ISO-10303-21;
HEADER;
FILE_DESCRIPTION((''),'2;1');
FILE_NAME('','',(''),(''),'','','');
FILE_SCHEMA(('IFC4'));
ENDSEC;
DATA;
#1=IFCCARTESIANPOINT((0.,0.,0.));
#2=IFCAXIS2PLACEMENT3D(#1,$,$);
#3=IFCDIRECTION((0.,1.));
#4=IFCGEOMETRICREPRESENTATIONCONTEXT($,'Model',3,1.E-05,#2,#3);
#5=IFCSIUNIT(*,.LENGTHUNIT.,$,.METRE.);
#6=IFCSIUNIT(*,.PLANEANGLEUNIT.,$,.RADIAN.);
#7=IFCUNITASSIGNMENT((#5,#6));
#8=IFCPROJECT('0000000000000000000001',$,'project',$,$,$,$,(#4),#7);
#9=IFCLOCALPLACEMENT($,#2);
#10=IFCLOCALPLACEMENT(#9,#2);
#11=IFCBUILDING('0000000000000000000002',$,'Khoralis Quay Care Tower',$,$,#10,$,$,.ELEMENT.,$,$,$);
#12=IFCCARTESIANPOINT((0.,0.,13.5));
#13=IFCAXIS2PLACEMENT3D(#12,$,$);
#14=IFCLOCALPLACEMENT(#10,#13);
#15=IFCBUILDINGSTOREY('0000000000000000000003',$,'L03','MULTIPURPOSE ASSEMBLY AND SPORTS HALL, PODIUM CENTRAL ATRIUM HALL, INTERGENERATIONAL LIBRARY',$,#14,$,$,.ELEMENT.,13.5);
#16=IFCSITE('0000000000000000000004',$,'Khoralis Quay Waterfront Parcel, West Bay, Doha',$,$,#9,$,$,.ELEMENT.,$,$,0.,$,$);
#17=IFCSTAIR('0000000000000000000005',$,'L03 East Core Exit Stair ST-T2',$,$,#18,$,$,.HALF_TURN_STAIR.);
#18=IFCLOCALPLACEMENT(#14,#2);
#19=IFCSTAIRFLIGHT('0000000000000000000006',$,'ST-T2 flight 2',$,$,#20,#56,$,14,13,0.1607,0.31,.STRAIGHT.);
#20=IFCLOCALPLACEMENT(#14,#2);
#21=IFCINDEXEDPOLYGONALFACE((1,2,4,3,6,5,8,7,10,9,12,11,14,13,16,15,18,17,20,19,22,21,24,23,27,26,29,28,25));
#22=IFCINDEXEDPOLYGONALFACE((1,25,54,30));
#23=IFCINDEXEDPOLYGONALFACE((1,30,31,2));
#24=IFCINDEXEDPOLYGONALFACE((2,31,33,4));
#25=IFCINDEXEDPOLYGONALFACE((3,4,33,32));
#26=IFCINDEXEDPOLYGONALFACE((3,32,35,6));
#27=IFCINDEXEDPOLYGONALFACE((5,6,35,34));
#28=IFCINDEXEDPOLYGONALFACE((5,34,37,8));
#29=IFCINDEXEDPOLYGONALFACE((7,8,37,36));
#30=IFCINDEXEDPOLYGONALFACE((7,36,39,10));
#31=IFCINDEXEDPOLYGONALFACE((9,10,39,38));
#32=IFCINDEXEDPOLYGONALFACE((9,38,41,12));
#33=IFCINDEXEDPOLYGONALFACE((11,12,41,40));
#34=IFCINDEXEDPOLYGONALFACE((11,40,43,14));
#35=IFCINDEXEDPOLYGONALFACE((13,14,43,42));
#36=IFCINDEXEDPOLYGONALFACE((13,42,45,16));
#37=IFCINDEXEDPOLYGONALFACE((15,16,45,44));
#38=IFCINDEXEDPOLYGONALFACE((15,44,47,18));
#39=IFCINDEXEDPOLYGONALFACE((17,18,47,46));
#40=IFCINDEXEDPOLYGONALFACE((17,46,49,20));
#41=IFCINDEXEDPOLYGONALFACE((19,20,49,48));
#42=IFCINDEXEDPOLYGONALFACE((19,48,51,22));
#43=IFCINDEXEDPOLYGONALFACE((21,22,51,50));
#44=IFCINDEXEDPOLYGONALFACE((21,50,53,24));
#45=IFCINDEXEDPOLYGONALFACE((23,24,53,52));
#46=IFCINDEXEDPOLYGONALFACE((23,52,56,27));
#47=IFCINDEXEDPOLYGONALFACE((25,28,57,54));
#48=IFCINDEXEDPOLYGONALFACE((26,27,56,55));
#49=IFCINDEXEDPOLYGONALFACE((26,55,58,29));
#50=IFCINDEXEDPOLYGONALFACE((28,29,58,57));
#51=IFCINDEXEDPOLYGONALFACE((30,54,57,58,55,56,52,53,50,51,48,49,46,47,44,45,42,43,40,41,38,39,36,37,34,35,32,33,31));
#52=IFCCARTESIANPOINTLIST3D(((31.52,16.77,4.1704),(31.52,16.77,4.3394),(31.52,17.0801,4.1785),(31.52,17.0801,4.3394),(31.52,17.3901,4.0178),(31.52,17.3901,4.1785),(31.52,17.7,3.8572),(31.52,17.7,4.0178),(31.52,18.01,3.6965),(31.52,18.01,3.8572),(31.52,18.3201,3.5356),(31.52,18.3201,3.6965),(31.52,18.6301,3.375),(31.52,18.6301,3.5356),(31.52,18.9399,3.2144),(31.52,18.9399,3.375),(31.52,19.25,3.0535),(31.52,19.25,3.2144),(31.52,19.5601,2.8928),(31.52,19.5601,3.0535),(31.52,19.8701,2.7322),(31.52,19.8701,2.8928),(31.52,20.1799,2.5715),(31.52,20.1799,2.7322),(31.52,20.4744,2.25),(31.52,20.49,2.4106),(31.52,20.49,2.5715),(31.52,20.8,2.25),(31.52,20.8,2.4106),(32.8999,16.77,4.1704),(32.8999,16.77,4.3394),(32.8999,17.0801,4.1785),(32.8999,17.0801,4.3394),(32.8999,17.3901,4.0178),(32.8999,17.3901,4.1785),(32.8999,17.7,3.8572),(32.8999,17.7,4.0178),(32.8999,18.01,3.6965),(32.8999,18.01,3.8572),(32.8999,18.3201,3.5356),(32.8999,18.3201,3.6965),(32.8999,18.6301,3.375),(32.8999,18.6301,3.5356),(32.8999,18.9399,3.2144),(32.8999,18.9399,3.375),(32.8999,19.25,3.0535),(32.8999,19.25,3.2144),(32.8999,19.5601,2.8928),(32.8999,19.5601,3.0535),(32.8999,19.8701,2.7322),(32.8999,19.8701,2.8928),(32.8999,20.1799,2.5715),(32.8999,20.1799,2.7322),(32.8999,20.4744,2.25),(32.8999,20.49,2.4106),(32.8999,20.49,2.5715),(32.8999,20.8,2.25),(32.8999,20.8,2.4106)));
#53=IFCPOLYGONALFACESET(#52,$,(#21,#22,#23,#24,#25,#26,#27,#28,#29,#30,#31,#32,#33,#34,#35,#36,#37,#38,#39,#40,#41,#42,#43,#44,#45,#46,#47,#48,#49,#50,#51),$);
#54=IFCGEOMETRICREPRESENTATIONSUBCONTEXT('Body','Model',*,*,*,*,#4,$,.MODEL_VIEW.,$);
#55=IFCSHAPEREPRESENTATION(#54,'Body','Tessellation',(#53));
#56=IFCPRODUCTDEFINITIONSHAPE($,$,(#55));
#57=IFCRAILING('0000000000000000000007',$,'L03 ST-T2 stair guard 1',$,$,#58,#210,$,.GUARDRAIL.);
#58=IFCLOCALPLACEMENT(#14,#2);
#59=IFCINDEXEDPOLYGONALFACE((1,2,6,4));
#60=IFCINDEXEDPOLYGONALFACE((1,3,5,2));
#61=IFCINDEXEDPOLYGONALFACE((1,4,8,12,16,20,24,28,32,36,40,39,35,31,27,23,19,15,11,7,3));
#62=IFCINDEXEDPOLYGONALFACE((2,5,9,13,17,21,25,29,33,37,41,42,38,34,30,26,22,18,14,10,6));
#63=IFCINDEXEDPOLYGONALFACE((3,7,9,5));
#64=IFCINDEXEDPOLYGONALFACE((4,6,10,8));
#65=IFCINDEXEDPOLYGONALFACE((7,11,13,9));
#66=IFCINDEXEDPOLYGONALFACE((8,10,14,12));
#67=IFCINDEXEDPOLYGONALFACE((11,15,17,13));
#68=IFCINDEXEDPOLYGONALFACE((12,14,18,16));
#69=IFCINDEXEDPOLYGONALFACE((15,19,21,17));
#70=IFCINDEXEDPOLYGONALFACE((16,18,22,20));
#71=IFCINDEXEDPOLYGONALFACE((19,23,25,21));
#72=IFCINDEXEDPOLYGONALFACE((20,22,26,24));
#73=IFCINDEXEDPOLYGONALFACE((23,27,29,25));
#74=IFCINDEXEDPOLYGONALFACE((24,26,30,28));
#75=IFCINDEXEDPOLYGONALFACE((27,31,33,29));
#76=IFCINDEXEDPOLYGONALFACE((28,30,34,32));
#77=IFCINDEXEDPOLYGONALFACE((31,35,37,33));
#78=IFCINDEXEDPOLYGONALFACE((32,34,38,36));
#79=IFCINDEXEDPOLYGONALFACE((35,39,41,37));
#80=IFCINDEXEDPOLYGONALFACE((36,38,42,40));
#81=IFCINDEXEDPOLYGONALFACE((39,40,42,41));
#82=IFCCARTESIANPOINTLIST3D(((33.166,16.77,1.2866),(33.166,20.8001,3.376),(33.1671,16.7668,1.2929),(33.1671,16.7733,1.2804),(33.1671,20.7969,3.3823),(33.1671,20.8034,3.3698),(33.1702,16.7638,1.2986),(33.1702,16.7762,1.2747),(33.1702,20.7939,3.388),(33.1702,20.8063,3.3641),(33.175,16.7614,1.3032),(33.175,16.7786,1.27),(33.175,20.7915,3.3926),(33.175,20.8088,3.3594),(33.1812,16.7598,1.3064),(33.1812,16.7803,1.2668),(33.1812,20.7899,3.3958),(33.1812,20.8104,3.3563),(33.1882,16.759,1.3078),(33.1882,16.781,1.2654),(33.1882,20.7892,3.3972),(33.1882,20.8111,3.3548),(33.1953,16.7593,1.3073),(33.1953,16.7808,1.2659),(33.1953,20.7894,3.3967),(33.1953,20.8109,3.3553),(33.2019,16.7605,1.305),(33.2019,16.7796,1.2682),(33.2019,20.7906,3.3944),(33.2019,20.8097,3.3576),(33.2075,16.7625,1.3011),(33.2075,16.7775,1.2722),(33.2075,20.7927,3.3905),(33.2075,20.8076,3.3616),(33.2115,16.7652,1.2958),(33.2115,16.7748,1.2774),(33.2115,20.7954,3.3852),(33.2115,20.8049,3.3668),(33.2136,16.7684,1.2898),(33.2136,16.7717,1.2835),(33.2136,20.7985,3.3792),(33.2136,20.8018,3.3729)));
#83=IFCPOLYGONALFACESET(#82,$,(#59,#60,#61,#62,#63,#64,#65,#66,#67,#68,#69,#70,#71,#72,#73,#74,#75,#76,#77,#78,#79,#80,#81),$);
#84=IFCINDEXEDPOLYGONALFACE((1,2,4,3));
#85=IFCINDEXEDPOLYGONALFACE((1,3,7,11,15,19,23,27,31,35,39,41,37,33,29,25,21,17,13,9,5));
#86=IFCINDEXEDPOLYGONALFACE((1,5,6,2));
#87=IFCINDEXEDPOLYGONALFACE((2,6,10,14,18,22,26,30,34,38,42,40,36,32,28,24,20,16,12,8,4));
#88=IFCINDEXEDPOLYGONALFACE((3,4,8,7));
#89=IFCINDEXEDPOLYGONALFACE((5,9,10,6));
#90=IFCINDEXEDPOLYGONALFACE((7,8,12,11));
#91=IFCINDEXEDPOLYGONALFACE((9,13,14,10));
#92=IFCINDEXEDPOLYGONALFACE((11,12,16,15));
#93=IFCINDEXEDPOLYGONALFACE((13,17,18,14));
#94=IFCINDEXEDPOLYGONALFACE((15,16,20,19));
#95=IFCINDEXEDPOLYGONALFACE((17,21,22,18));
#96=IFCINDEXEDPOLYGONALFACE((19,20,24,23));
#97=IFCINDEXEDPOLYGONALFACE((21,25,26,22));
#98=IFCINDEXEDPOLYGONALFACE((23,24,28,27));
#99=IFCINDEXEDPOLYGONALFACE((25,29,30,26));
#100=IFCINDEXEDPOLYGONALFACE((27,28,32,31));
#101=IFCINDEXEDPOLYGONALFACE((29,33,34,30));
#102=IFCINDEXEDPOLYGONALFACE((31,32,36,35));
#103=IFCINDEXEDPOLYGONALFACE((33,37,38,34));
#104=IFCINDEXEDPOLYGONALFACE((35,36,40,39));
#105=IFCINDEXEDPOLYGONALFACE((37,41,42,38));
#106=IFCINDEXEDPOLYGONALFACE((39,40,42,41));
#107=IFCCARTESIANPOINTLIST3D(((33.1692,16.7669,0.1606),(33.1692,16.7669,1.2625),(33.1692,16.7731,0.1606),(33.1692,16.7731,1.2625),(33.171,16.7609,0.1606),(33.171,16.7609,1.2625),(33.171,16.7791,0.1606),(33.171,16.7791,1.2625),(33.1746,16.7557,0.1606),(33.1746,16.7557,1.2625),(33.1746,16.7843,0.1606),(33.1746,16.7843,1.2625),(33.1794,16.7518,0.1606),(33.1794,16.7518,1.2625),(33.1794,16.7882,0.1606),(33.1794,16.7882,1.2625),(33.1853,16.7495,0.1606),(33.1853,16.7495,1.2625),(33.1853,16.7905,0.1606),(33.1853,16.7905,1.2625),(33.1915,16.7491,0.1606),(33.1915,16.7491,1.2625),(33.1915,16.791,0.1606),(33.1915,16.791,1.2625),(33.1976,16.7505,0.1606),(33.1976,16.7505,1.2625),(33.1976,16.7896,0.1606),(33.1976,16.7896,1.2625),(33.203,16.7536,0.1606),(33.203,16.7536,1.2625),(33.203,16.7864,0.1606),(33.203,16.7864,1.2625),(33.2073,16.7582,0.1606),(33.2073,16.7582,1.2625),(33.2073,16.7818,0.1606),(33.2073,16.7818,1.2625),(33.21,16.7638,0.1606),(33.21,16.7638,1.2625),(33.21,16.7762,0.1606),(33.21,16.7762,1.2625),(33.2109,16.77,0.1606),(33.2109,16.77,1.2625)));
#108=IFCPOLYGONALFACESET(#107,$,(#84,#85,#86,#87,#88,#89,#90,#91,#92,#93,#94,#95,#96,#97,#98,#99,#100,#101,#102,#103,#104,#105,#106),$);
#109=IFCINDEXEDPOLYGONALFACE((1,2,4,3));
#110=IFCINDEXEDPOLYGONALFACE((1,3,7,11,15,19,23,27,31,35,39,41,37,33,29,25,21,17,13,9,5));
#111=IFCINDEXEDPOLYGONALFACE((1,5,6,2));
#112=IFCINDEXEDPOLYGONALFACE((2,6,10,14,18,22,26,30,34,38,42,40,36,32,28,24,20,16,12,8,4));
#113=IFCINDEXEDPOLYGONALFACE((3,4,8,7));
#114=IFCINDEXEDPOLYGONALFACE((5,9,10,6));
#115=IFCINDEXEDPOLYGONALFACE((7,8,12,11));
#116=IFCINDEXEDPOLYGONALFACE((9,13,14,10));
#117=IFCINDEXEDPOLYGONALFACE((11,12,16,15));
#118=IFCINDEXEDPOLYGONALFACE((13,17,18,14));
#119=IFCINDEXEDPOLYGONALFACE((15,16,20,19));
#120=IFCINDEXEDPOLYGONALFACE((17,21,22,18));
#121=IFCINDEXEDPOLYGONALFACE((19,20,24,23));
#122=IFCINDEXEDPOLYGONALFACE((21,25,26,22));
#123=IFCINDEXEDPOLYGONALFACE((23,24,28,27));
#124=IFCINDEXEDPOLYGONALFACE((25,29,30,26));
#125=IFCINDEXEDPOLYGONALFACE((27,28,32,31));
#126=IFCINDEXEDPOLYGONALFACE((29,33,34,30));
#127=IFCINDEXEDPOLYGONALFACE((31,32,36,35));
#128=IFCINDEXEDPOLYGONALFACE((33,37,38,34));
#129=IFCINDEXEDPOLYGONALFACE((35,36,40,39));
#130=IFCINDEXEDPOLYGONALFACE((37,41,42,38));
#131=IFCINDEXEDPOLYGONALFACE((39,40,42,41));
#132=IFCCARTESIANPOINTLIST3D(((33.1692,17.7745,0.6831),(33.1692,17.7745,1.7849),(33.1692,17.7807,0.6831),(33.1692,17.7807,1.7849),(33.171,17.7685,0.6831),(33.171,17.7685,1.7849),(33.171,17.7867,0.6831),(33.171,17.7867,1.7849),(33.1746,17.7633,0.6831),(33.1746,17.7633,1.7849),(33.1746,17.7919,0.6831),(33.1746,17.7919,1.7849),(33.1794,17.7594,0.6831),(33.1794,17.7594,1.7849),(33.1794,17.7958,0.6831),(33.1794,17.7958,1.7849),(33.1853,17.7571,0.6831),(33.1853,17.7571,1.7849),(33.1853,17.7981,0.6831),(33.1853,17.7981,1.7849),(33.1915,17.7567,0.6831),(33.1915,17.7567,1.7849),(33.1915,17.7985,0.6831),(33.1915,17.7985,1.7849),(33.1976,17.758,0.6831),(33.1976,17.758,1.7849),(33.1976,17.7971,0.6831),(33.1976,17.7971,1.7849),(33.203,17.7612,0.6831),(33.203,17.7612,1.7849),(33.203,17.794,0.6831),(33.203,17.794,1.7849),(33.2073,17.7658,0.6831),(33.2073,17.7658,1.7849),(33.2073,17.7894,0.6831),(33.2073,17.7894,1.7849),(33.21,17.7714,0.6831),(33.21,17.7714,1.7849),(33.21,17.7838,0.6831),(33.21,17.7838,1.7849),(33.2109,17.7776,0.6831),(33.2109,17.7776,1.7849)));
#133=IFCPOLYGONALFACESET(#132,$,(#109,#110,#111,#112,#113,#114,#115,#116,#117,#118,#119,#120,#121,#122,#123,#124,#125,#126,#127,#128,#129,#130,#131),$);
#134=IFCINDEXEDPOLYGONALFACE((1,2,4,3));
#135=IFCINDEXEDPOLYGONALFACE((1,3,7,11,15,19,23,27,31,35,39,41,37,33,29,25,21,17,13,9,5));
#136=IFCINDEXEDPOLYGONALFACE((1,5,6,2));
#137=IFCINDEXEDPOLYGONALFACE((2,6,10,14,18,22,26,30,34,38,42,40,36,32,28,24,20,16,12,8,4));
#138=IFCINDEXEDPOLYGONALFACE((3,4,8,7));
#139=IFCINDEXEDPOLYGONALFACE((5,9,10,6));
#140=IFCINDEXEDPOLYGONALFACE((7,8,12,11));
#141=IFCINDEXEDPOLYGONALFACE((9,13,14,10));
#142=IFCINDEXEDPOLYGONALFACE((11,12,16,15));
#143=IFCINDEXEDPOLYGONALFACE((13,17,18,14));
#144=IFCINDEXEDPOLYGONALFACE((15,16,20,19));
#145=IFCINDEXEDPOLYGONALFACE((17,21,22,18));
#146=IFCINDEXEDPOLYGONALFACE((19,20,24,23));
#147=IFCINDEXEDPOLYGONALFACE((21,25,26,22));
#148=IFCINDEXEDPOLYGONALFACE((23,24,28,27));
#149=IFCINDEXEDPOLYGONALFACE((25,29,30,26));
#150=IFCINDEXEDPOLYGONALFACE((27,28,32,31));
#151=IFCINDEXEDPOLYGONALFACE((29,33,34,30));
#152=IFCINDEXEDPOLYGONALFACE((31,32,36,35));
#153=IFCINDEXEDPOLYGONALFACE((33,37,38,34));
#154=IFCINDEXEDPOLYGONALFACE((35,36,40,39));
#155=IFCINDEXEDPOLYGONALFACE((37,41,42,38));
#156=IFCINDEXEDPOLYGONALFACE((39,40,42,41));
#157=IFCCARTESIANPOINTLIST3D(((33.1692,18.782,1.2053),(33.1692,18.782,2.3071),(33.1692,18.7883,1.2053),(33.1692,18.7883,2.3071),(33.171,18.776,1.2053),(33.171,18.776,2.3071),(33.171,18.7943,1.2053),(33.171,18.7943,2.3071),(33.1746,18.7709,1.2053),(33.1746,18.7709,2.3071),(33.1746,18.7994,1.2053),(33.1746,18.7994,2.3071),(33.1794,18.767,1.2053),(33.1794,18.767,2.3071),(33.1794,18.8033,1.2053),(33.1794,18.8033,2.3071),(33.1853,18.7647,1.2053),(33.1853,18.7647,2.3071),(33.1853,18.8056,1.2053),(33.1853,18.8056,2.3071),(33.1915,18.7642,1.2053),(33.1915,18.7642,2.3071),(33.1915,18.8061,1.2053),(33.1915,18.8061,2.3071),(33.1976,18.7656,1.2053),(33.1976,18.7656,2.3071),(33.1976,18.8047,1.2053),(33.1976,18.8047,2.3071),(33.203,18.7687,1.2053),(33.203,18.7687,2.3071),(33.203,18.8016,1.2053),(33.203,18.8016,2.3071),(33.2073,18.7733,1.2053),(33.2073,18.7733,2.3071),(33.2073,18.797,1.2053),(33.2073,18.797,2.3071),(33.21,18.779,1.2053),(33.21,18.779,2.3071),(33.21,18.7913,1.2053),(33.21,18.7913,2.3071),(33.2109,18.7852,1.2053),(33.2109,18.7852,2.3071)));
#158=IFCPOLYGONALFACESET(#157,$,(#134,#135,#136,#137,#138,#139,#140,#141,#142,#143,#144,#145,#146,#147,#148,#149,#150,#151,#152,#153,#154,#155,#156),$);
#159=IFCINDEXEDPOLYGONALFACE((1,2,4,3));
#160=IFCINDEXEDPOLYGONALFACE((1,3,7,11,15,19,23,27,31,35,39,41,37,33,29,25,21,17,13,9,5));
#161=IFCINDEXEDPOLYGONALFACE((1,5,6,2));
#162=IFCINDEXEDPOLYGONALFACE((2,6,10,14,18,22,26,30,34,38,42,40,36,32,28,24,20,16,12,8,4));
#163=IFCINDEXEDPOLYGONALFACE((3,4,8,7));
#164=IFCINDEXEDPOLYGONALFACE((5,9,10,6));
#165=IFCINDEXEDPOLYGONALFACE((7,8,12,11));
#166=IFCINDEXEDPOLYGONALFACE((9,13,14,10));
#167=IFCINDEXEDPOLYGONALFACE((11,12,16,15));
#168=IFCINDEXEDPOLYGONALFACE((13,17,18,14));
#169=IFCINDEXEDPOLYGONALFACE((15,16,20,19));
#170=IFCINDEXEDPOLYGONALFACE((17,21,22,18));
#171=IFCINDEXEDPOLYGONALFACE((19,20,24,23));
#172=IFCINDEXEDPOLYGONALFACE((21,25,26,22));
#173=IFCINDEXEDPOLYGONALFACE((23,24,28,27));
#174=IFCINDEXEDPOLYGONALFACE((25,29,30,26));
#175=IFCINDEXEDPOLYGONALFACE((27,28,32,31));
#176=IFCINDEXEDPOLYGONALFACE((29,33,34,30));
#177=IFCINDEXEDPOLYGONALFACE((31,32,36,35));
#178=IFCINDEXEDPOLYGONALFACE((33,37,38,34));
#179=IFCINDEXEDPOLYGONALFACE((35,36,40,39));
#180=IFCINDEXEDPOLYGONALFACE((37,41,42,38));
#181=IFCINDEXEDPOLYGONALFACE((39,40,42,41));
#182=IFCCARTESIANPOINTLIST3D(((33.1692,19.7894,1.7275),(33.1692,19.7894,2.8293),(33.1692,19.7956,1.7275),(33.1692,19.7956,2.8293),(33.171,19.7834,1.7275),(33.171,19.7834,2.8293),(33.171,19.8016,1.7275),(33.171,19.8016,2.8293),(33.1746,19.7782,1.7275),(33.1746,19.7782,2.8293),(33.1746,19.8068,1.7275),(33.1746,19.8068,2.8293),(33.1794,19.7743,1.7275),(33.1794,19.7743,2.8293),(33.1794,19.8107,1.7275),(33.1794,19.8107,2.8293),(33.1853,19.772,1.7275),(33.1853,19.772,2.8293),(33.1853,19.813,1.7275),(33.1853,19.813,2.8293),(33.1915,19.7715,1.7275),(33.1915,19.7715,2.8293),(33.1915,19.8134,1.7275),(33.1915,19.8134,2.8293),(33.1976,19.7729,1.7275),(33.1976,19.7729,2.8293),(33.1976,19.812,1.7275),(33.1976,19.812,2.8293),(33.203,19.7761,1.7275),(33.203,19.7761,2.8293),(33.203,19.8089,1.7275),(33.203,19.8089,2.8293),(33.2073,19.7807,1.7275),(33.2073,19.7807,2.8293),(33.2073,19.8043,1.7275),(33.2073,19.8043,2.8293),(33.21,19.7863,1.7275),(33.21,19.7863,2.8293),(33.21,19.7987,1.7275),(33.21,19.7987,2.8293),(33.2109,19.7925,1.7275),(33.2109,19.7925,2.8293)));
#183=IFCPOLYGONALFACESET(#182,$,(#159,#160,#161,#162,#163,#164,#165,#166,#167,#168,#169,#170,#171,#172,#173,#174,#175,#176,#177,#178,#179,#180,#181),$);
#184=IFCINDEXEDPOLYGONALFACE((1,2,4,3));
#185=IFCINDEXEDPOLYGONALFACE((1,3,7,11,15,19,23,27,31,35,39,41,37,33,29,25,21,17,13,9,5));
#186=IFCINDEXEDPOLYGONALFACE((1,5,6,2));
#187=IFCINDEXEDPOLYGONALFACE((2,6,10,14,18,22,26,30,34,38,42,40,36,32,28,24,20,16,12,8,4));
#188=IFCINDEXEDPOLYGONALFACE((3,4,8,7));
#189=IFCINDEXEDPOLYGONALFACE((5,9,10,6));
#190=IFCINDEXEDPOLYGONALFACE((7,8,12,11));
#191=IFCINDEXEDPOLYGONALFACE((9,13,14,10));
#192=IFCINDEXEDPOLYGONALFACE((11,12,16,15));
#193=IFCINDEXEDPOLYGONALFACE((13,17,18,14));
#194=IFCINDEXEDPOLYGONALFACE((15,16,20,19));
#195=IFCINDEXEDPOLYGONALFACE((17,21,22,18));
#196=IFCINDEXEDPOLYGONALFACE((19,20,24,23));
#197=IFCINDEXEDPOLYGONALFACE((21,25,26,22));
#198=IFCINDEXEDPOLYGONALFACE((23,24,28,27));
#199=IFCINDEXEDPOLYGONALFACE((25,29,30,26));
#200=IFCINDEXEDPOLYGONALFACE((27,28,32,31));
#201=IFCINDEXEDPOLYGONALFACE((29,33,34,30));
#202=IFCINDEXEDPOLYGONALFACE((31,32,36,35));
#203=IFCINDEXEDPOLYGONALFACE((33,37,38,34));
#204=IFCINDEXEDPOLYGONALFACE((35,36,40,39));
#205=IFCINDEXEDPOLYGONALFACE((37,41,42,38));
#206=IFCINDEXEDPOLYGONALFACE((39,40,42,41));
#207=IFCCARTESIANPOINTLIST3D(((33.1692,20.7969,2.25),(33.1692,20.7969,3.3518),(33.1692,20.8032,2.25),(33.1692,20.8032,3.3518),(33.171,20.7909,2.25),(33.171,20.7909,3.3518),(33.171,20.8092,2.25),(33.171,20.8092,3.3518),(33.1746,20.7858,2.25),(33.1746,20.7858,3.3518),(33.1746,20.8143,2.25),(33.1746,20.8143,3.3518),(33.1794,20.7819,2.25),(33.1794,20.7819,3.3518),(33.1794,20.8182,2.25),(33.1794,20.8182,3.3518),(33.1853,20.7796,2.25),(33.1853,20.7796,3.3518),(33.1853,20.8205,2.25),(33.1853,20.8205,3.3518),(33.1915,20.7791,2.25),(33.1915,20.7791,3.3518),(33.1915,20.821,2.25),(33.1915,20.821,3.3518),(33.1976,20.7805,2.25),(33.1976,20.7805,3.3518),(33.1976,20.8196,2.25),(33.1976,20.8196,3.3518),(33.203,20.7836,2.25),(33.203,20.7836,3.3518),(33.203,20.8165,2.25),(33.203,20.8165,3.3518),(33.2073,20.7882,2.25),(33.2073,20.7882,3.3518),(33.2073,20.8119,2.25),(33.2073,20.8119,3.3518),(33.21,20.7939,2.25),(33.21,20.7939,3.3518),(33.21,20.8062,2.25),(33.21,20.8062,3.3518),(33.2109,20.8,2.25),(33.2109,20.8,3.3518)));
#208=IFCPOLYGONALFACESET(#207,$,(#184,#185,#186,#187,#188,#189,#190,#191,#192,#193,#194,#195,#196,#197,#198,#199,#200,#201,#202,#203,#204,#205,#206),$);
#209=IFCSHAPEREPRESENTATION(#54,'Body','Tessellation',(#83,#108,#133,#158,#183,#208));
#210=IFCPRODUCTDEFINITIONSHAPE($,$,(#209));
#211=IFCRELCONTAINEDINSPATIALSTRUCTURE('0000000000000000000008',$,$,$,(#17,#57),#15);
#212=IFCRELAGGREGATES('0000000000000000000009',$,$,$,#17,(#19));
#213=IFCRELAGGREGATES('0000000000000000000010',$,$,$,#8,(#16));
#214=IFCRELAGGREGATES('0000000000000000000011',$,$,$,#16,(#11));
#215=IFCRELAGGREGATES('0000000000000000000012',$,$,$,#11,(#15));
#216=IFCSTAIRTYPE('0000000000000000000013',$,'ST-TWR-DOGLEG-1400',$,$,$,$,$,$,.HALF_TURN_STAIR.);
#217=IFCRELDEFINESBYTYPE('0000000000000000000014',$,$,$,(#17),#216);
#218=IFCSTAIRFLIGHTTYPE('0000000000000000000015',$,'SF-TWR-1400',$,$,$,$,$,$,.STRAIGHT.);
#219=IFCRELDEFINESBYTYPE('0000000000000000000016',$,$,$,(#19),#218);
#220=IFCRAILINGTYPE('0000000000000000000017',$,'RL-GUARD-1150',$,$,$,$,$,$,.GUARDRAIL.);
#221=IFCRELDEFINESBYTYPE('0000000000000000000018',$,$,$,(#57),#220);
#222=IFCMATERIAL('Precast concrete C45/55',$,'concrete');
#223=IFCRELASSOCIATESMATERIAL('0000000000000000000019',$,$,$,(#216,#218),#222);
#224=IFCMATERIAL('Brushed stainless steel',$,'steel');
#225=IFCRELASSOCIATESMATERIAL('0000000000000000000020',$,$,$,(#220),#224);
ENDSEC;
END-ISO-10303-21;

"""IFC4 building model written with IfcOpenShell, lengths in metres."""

from ifc_helpers import new_model, si_unit, direction, frame, origin, origin_2d, place, context, subcontext, project, spatial, polyline, circle, outline, extrude, source, transform, mapped, material, type_object, element, aggregate, save


model = new_model("IFC4")

# Units and contexts
model_context = context("Model", 3, precision=1e-05, world=origin(), true_north=direction((0.0, 1.0)))
body_context = subcontext(model_context, "Body", "Model", "MODEL_VIEW")
ifc_project = project(units=[si_unit("LENGTHUNIT", "METRE"), si_unit("PLANEANGLEUNIT", "RADIAN")], contexts=[model_context])

# Site, building, storey
site_placement = place(None, origin())
site = spatial("IfcSite", under=ifc_project, at=site_placement, Name="Khoralis Quay Waterfront Parcel, West Bay, Doha", CompositionType="ELEMENT", RefElevation=0.0)
building_placement = place(site_placement, origin())
building = spatial("IfcBuilding", under=site, at=building_placement, Name="Khoralis Quay Care Tower", CompositionType="ELEMENT")
storey_placement = place(building_placement, frame((0.0, 0.0, 13.5)))
storey = spatial("IfcBuildingStorey", under=building, at=storey_placement, Name="L03", Description="MULTIPURPOSE ASSEMBLY AND SPORTS HALL, PODIUM CENTRAL ATRIUM HALL, INTERGENERATIONAL LIBRARY", CompositionType="ELEMENT", Elevation=13.5)

# Shared definitions
ifc_material_1 = material(Name="Brushed stainless steel", Category="steel")

# Stair, stair flight
ifc_material_2 = material(Name="Precast concrete C45/55", Category="concrete")
stair_type = type_object("IfcStairType", Name="ST-TWR-DOGLEG-1400", PredefinedType="HALF_TURN_STAIR", material=ifc_material_2)
stair_placement = place(storey_placement, origin())
stair = element("IfcStair", 1, at=stair_placement, inside=storey, type_object=stair_type, Name="L03 East Core Exit Stair ST-T2", PredefinedType="HALF_TURN_STAIR")
stair_flight_type = type_object("IfcStairFlightType", Name="SF-TWR-1400", PredefinedType="STRAIGHT", material=ifc_material_2)
shared_shape_1 = source(origin(), body_context, "Body", "SweptSolid", [
    extrude(outline(polyline([(0.0, 0.0), (0.0, 0.1606), (0.3101, 0.1606), (0.3101, 0.3215), (0.6201, 0.3215), (0.6201, 0.4822), (0.9299, 0.4822), (0.9299, 0.6428), (1.24, 0.6428), (1.24, 0.8035), (1.55, 0.8035), (1.55, 0.9644), (1.8601, 0.9644), (1.8601, 1.125), (2.1699, 1.125), (2.1699, 1.2856), (2.48, 1.2856), (2.48, 1.4465), (2.79, 1.4465), (2.79, 1.6072), (3.1001, 1.6072), (3.1001, 1.7678), (3.4099, 1.7678), (3.4099, 1.9285), (3.72, 1.9285), (3.72, 2.0894), (4.03, 2.0894), (4.03, 2.25), (4.03, 1.9204), (0.3257, 0.0), (0.0, 0.0)])), frame((0.0, 0.6899, 0.0), z_axis=(0.0, -1.0, 0.0), x_axis=(1.0, 0.0, 0.0)), (0.0, 0.0, 1.0), 1.3799),
])
stair_flight_1_placement = place(storey_placement, frame((32.21, 20.8, 2.25), z_axis=(0.0, 0.0, 1.0), x_axis=(0.0, -1.0, 0.0)))
stair_flight_1 = element("IfcStairFlight", 2, at=stair_flight_1_placement, type_object=stair_flight_type, Name="ST-T2 flight 2", NumberOfRisers=14, NumberOfTreads=13, PredefinedType="STRAIGHT", RiserHeight=0.1607, TreadLength=0.31, context=body_context, shape_type="MappedRepresentation", body=[
    mapped(shared_shape_1, transform((0.0, 0.0, 0.0), scale=1.0)),
])
aggregate(stair, [stair_flight_1])

# Railing
railing_type_1 = type_object("IfcRailingType", Name="RL-GUARD-1150", PredefinedType="GUARDRAIL", material=ifc_material_1)
railing_1_placement = place(storey_placement, frame((33.1899, 16.77, 0.1606)))
element("IfcRailing", 3, at=railing_1_placement, inside=storey, type_object=railing_type_1, Name="L03 ST-T2 stair guard 1", PredefinedType="GUARDRAIL", context=body_context, shape_type="SweptSolid", body=[
    extrude(circle(Radius=0.0239, at=origin_2d()), frame((0.0, 0.0, 1.126), z_axis=(0.0, 0.887781, 0.460267), x_axis=(-1.0, 0.0, 0.0)), (0.0, 0.0, 1.0), 4.5396),
    extrude(circle(Radius=0.021, at=origin_2d()), origin(), (0.0, 0.0, 1.0), 1.1018),
    extrude(circle(Radius=0.021, at=origin_2d()), frame((0.0, 1.0076, 0.5225)), (0.0, 0.0, 1.0), 1.1018),
    extrude(circle(Radius=0.021, at=origin_2d()), frame((0.0, 2.0151, 1.0447)), (0.0, 0.0, 1.0), 1.1018),
    extrude(circle(Radius=0.021, at=origin_2d()), frame((0.0, 3.0225, 1.5669)), (0.0, 0.0, 1.0), 1.1018),
    extrude(circle(Radius=0.021, at=origin_2d()), frame((0.0, 4.03, 2.0894)), (0.0, 0.0, 1.0), 1.1018),
])

save(model, "model.ifc")
